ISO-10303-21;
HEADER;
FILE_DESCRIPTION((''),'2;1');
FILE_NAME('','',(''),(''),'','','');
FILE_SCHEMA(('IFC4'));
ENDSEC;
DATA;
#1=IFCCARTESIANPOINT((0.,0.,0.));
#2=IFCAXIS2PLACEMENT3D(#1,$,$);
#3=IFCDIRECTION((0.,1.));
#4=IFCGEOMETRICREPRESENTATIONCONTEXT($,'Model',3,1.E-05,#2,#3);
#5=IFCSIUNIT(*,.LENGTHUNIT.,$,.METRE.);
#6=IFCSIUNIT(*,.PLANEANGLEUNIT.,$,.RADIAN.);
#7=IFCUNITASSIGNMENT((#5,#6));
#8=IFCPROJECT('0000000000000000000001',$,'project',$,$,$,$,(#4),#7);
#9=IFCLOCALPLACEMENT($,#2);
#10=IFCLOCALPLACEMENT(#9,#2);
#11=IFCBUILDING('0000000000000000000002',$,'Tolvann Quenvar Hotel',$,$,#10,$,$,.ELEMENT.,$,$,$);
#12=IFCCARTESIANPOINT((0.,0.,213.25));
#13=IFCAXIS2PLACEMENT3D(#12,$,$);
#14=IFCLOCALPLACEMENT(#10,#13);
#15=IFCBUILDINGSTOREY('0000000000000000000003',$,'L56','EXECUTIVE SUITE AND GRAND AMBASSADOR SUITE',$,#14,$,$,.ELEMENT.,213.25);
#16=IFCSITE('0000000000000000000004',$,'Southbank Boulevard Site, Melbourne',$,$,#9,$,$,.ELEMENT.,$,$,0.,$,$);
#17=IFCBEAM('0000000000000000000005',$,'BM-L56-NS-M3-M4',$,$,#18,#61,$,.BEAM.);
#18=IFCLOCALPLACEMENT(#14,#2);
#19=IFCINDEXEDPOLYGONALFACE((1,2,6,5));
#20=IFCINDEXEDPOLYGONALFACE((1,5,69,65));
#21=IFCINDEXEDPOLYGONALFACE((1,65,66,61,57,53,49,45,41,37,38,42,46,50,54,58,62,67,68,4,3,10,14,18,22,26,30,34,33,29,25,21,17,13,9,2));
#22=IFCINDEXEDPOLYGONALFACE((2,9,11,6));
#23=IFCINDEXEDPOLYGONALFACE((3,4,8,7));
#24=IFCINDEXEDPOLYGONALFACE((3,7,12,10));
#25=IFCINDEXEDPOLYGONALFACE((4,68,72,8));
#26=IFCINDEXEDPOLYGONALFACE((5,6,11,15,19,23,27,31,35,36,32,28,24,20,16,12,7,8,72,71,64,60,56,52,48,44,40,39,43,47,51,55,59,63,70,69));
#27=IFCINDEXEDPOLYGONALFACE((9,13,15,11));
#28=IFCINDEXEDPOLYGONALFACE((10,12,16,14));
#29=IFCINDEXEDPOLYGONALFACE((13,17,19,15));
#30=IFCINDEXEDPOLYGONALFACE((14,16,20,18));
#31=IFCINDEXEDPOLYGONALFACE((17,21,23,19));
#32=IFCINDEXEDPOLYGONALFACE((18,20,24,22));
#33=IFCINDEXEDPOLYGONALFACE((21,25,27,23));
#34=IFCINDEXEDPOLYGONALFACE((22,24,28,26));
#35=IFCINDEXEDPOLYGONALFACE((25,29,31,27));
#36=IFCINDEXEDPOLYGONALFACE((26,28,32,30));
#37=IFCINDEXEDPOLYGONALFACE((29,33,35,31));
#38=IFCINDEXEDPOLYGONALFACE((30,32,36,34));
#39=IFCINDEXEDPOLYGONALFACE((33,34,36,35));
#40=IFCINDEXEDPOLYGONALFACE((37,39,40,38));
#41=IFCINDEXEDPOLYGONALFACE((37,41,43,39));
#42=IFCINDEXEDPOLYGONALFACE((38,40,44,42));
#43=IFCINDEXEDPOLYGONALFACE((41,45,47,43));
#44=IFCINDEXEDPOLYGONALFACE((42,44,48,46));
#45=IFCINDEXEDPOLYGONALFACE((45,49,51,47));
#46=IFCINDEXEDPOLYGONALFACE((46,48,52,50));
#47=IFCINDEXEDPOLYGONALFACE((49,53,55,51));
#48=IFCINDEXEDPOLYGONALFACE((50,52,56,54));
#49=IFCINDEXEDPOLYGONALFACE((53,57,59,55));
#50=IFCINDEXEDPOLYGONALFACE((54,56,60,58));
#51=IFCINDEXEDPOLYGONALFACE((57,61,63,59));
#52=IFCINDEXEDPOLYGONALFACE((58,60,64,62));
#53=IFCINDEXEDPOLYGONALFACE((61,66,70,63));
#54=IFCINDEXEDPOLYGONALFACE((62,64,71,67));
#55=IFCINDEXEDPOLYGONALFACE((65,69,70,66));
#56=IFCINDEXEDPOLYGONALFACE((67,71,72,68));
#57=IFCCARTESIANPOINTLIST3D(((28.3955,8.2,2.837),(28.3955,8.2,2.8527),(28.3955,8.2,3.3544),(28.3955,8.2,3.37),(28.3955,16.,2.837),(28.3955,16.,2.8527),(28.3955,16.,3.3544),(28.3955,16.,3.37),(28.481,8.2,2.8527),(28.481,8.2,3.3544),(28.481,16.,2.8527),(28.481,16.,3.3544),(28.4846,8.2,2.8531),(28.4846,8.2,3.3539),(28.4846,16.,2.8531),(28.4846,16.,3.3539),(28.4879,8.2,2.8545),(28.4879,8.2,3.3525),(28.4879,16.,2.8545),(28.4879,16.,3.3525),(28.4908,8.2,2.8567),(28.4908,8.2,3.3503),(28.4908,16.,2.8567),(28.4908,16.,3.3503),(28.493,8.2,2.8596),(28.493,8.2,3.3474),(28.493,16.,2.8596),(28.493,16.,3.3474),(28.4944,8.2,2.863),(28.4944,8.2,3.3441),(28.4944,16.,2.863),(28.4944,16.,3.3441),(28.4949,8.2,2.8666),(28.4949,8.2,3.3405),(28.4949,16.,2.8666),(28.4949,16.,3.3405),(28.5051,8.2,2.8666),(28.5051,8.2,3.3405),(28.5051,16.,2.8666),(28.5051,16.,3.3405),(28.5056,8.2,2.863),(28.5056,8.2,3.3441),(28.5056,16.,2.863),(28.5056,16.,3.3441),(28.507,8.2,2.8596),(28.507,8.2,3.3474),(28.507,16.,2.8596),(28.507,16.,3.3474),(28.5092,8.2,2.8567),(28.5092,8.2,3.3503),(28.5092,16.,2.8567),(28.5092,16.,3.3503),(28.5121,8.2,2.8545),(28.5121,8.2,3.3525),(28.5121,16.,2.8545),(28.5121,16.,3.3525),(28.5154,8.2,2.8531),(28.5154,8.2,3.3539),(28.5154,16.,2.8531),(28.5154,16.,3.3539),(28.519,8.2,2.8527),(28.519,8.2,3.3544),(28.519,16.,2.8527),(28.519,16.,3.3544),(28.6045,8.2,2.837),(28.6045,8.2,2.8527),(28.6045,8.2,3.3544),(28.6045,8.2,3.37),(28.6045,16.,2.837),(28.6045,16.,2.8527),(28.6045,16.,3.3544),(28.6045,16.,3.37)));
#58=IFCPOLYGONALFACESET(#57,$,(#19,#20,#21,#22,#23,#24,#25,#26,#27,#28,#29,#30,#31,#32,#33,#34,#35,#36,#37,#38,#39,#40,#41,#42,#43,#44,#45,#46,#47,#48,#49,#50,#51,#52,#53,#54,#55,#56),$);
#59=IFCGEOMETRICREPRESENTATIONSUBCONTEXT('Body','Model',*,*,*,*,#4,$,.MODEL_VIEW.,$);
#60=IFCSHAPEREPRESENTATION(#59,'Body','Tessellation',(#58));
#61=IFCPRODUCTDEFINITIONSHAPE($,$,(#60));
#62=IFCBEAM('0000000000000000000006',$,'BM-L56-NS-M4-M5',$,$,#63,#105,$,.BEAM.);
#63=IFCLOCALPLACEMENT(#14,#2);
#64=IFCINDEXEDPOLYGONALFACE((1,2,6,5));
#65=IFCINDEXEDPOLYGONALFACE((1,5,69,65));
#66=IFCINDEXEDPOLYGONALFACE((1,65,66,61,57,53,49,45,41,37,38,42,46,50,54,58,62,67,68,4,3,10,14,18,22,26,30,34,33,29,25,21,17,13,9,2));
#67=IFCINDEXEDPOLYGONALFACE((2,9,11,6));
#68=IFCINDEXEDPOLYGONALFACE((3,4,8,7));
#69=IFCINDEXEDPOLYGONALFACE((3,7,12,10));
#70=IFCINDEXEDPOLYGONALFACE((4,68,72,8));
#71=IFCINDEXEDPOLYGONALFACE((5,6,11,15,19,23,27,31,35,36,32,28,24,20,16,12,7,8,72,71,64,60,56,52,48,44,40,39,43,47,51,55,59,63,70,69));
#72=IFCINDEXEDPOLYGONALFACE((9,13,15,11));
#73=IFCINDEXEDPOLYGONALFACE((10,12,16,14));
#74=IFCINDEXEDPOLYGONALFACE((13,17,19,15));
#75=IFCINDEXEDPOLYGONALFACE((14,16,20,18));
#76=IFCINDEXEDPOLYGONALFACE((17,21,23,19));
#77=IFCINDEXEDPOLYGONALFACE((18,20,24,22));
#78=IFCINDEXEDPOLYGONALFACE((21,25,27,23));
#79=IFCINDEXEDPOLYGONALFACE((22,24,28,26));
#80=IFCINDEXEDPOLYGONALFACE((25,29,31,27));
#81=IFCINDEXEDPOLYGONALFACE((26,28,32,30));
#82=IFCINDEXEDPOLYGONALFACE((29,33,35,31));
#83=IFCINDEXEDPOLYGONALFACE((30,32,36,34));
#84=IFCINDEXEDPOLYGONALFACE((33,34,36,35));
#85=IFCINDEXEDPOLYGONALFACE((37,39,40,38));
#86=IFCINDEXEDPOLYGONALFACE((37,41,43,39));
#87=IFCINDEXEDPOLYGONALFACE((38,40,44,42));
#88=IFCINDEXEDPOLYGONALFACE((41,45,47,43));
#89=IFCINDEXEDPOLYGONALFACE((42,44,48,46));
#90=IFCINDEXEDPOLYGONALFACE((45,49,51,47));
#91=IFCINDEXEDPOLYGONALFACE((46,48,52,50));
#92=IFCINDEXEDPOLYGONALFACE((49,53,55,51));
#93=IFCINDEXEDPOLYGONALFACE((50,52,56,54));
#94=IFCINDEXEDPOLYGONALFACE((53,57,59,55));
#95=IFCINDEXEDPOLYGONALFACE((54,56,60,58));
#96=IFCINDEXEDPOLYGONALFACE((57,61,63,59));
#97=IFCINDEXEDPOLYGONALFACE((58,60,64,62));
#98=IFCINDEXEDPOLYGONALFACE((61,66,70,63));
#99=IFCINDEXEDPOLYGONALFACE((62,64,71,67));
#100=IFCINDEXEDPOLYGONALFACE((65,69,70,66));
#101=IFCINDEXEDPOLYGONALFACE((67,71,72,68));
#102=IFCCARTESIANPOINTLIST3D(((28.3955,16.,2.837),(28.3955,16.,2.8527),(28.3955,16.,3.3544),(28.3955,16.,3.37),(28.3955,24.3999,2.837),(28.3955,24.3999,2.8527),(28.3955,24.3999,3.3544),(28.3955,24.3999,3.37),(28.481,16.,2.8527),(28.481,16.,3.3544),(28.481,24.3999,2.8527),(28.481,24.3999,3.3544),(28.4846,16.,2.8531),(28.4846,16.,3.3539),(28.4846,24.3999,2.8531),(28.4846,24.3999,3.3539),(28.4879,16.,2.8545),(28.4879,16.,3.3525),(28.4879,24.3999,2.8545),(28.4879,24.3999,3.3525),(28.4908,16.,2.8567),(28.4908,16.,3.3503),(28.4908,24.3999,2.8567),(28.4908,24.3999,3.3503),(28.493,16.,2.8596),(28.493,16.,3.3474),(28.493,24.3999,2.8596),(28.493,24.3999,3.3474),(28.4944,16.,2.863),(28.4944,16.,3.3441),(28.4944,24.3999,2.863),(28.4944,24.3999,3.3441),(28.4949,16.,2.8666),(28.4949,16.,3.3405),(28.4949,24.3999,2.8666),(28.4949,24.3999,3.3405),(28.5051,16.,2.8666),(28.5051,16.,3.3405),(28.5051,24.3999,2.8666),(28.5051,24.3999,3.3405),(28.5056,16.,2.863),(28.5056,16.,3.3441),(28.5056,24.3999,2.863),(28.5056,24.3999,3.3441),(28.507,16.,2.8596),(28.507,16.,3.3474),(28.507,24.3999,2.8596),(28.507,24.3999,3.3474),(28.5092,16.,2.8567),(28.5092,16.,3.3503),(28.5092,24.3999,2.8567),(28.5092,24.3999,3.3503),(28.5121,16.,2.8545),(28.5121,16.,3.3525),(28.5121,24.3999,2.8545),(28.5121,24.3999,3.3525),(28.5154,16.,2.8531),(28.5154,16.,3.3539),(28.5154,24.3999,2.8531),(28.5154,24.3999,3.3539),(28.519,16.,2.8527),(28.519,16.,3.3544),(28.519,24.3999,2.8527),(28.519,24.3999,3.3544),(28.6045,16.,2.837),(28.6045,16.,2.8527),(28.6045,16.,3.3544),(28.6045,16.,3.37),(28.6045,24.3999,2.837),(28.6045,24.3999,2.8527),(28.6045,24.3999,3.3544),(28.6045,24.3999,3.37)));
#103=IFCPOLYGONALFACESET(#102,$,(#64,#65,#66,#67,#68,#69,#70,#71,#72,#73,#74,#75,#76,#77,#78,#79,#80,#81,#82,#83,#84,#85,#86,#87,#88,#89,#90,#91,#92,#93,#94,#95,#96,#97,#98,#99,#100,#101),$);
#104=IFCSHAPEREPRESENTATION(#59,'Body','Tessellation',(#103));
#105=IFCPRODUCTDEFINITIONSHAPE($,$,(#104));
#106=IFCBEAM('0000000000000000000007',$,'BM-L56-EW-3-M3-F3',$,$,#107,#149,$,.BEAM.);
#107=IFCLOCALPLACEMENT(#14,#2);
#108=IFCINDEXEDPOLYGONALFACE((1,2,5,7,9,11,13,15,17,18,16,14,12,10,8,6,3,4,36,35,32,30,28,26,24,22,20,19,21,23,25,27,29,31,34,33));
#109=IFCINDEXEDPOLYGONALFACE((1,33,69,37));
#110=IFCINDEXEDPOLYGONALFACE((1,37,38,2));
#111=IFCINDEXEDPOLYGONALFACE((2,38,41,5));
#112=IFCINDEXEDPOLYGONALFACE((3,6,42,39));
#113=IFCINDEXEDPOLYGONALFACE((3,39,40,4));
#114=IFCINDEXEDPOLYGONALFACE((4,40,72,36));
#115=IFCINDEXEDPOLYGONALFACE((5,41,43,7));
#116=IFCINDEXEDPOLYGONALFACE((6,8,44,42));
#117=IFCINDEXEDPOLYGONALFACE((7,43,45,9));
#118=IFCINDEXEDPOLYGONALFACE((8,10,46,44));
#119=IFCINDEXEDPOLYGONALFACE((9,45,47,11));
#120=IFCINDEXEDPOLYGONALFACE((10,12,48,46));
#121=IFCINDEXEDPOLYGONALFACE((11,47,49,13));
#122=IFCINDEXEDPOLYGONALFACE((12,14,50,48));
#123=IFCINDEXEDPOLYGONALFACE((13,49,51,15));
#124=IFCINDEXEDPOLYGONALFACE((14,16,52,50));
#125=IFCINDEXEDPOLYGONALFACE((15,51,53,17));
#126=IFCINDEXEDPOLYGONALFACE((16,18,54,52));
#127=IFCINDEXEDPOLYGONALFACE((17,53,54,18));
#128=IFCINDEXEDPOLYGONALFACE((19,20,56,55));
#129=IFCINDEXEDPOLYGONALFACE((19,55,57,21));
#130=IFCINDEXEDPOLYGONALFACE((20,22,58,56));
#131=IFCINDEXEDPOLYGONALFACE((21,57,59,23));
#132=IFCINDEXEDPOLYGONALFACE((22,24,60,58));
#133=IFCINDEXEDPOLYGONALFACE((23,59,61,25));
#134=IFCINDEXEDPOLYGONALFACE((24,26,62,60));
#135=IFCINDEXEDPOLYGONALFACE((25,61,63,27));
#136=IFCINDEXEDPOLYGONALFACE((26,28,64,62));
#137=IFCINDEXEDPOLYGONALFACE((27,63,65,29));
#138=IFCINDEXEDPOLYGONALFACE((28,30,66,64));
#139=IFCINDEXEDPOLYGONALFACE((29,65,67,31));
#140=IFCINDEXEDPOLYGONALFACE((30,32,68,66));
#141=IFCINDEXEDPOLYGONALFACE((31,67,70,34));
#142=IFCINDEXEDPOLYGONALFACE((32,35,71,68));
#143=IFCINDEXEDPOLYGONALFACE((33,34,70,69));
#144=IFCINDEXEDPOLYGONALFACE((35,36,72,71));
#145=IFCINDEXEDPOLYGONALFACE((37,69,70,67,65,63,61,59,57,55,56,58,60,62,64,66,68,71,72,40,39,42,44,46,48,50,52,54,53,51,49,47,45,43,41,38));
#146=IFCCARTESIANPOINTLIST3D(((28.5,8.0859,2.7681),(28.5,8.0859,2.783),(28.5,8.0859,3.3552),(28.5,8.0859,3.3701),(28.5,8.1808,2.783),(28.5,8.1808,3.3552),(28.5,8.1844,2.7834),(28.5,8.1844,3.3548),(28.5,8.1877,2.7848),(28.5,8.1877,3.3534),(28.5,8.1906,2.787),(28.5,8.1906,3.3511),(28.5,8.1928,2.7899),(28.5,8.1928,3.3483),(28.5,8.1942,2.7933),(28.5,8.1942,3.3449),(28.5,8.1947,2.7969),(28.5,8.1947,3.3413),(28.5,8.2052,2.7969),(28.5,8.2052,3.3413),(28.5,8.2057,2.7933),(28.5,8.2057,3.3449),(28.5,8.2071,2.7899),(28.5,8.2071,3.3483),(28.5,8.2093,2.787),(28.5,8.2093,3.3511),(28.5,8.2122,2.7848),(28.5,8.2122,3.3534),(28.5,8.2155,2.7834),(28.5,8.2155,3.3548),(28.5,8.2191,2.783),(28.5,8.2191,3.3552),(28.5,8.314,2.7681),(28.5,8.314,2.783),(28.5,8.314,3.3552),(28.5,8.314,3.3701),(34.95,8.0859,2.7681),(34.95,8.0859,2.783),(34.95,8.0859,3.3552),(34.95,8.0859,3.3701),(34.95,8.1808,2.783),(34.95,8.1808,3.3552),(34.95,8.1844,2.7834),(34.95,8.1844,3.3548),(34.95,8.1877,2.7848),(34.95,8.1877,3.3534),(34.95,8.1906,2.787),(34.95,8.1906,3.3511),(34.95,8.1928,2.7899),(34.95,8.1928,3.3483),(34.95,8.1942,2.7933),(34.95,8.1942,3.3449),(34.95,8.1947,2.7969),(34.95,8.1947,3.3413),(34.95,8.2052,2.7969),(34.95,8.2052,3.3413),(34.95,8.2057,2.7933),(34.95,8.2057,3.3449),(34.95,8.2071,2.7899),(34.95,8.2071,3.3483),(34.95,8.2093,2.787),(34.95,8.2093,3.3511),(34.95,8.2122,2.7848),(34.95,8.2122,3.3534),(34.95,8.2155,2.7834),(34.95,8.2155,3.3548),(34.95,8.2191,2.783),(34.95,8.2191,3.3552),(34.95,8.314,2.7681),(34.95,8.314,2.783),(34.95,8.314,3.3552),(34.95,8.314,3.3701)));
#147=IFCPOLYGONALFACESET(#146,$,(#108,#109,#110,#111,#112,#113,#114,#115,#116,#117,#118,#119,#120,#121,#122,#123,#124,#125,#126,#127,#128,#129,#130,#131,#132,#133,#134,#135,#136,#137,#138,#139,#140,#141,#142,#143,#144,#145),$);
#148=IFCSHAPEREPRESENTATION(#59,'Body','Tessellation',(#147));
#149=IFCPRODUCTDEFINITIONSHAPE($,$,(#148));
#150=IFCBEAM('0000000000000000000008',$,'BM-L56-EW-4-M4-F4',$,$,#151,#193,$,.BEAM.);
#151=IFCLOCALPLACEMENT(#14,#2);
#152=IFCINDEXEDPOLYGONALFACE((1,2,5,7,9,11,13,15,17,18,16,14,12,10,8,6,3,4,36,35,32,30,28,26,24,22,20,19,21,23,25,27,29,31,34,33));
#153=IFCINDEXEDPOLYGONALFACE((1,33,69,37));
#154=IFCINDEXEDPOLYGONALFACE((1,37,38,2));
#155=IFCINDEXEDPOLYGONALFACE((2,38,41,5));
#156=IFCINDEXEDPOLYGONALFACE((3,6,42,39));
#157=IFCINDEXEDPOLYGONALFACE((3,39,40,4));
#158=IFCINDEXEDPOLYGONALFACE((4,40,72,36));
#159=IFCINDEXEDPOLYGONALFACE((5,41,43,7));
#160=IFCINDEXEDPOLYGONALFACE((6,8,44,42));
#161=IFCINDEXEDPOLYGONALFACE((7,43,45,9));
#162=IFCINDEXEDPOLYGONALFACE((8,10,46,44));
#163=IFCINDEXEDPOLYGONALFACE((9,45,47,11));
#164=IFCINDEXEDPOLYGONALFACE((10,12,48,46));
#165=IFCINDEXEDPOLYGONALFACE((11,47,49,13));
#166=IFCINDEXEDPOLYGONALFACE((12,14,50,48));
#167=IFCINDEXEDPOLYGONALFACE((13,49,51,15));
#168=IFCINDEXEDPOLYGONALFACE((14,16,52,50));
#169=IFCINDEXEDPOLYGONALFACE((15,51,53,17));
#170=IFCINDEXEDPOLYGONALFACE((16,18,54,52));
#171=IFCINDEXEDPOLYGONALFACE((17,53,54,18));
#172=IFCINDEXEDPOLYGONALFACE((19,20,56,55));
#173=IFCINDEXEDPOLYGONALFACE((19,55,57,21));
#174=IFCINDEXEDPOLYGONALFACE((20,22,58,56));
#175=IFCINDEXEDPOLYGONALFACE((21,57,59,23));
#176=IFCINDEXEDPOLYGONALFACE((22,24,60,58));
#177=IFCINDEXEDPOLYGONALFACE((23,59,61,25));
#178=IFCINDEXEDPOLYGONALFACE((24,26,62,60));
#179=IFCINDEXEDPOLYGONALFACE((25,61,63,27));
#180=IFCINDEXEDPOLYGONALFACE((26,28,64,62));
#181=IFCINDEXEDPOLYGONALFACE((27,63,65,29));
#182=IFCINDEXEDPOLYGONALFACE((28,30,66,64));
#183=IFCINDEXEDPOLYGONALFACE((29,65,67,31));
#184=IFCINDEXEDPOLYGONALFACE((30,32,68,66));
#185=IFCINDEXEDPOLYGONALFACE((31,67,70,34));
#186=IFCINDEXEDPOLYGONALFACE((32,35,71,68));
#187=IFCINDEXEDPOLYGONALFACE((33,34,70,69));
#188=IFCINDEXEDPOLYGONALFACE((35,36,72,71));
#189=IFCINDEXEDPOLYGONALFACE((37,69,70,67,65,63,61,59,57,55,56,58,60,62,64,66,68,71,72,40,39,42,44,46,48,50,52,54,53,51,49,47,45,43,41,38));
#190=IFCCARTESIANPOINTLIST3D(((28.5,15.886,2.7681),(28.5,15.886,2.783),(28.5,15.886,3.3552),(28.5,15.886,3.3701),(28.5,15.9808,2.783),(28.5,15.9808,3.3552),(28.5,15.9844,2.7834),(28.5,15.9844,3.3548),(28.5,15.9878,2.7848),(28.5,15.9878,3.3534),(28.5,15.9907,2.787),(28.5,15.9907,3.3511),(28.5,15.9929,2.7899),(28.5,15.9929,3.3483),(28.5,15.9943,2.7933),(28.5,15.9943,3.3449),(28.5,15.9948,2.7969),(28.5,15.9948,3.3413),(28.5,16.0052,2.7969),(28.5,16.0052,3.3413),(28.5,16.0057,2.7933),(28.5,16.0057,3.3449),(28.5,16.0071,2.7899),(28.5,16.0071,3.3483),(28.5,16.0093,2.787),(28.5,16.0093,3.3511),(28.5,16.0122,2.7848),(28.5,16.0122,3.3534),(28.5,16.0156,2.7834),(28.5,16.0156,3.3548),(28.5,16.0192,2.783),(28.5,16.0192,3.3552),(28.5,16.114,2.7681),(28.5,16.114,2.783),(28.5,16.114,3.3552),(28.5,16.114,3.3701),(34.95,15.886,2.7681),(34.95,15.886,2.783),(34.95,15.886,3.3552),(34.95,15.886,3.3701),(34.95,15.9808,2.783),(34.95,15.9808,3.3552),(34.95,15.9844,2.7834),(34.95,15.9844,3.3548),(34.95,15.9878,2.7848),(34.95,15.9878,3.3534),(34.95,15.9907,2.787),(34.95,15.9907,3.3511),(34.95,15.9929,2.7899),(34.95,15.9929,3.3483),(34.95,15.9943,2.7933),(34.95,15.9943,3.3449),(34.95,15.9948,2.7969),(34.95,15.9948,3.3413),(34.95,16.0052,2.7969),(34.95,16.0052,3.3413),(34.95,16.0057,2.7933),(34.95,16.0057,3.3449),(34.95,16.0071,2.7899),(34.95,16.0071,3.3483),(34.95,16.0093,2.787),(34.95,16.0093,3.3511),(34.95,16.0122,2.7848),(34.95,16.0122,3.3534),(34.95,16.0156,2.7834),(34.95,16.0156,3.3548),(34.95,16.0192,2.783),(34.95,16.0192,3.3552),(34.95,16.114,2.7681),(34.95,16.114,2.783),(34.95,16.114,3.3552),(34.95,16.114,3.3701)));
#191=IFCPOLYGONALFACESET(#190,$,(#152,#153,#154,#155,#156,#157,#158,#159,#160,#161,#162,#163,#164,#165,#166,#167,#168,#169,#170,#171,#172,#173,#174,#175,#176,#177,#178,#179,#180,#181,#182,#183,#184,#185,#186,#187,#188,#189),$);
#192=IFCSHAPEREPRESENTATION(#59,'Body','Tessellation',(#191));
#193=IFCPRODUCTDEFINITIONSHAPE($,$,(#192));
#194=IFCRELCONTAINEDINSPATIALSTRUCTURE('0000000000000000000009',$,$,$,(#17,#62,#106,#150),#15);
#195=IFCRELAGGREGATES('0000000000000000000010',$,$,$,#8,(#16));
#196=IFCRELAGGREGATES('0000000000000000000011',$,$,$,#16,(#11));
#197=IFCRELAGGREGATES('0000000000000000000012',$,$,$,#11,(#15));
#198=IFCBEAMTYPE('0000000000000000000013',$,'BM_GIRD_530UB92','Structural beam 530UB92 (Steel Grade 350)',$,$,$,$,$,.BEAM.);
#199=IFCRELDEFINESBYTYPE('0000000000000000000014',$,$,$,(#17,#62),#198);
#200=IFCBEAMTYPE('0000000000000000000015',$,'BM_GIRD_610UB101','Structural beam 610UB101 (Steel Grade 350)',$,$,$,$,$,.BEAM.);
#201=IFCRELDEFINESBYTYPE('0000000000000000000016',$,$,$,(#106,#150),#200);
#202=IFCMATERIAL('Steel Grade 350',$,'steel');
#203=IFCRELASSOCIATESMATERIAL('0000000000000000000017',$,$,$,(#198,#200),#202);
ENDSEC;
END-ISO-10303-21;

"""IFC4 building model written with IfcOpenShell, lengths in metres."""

from ifc_helpers import new_model, si_unit, direction, frame, origin, origin_2d, place, context, subcontext, project, spatial, i_section, extrude, source, transform, mapped, material, material_profile, profile_set, type_object, type_shapes, element, save


model = new_model("IFC4")

# Units and contexts
model_context = context("Model", 3, precision=1e-05, world=origin(), true_north=direction((0.0, 1.0)))
body_context = subcontext(model_context, "Body", "Model", "MODEL_VIEW")
ifc_project = project(units=[si_unit("LENGTHUNIT", "METRE"), si_unit("PLANEANGLEUNIT", "RADIAN")], contexts=[model_context])

# Site, building, storey
site_placement = place(None, origin())
site = spatial("IfcSite", under=ifc_project, at=site_placement, Name="Southbank Boulevard Site, Melbourne", CompositionType="ELEMENT", RefElevation=0.0)
building_placement = place(site_placement, origin())
building = spatial("IfcBuilding", under=site, at=building_placement, Name="Tolvann Quenvar Hotel", CompositionType="ELEMENT")
storey_placement = place(building_placement, frame((0.0, 0.0, 213.25)))
storey = spatial("IfcBuildingStorey", under=building, at=storey_placement, Name="L56", Description="EXECUTIVE SUITE AND GRAND AMBASSADOR SUITE", CompositionType="ELEMENT", Elevation=213.25)

# Shared definitions
ifc_material_1 = material(Name="Steel Grade 350", Category="steel")

# Beams
ifc_material_profile_1 = material_profile(ifc_material_1, i_section(OverallWidth=0.209, OverallDepth=0.533, WebThickness=0.0103, FlangeThickness=0.0156, FilletRadius=0.0139, at=origin_2d()), Name="530UB92")
ifc_profile_set_1 = profile_set([ifc_material_profile_1], Name="Steel Grade 350")
beam_type_1 = type_object("IfcBeamType", Name="BM_GIRD_530UB92", Description="Structural beam 530UB92 (Steel Grade 350)", PredefinedType="BEAM", material=ifc_profile_set_1)
shared_shape_1 = source(origin(), body_context, "Body", "SweptSolid", [
    extrude(i_section(OverallWidth=0.209, OverallDepth=0.533, WebThickness=0.0103, FlangeThickness=0.0156, FilletRadius=0.0139, at=origin_2d()), origin(), (0.0, 0.0, 1.0), 7.8),
])
beam_1_placement = place(storey_placement, frame((28.5, 8.2, 3.1035), z_axis=(0.0, 1.0, 0.0), x_axis=(-1.0, 0.0, 0.0)))
element("IfcBeam", 1, at=beam_1_placement, inside=storey, type_object=beam_type_1, Name="BM-L56-NS-M3-M4", PredefinedType="BEAM", context=body_context, shape_type="MappedRepresentation", body=[
    mapped(shared_shape_1, transform((0.0, 0.0, 0.0), x_axis=(1.0, 0.0, 0.0), y_axis=(0.0, 1.0, 0.0), z_axis=(0.0, 0.0, 1.0), scale=1.0)),
])
shared_shape_2 = source(origin(), body_context, "Body", "SweptSolid", [
    extrude(i_section(OverallWidth=0.209, OverallDepth=0.533, WebThickness=0.0103, FlangeThickness=0.0156, FilletRadius=0.0139, at=origin_2d()), origin(), (0.0, 0.0, 1.0), 8.3999),
])
beam_2_placement = place(storey_placement, frame((28.5, 16.0, 3.1035), z_axis=(0.0, 1.0, 0.0), x_axis=(-1.0, 0.0, 0.0)))
element("IfcBeam", 2, at=beam_2_placement, inside=storey, type_object=beam_type_1, Name="BM-L56-NS-M4-M5", PredefinedType="BEAM", context=body_context, shape_type="MappedRepresentation", body=[
    mapped(shared_shape_2, transform((0.0, 0.0, 0.0), x_axis=(1.0, 0.0, 0.0), y_axis=(0.0, 1.0, 0.0), z_axis=(0.0, 0.0, 1.0), scale=1.0)),
])
ifc_material_profile_2 = material_profile(ifc_material_1, i_section(OverallWidth=0.228, OverallDepth=0.6021, WebThickness=0.0105, FlangeThickness=0.0149, FilletRadius=0.0139, at=origin_2d()), Name="610UB101")
ifc_profile_set_2 = profile_set([ifc_material_profile_2], Name="Steel Grade 350")
beam_type_2 = type_object("IfcBeamType", Name="BM_GIRD_610UB101", Description="Structural beam 610UB101 (Steel Grade 350)", PredefinedType="BEAM", material=ifc_profile_set_2)
shared_shape_3 = source(origin(), body_context, "Body", "SweptSolid", [
    extrude(i_section(OverallWidth=0.228, OverallDepth=0.6021, WebThickness=0.0105, FlangeThickness=0.0149, FilletRadius=0.0139, at=origin_2d()), origin(), (0.0, 0.0, 1.0), 6.45),
])
type_shapes(beam_type_2, [shared_shape_3])
for number, where, z_axis, x_axis, name in (
    (3, (28.5, 8.2, 3.0691), (1.0, 0.0, 0.0), (0.0, 1.0, 0.0), "BM-L56-EW-3-M3-F3"),
    (4, (28.5, 16.0, 3.0691), (1.0, 0.0, 0.0), (0.0, 1.0, 0.0), "BM-L56-EW-4-M4-F4"),
):
    element("IfcBeam", number, at=place(storey_placement, frame(where, z_axis=z_axis, x_axis=x_axis)), inside=storey, type_object=beam_type_2, Name=name, PredefinedType="BEAM", context=body_context, shape_type="MappedRepresentation", body=[
        mapped(shared_shape_3, transform((0.0, 0.0, 0.0), x_axis=(1.0, 0.0, 0.0), y_axis=(0.0, 1.0, 0.0), z_axis=(0.0, 0.0, 1.0), scale=1.0)),
    ])

save(model, "model.ifc")
